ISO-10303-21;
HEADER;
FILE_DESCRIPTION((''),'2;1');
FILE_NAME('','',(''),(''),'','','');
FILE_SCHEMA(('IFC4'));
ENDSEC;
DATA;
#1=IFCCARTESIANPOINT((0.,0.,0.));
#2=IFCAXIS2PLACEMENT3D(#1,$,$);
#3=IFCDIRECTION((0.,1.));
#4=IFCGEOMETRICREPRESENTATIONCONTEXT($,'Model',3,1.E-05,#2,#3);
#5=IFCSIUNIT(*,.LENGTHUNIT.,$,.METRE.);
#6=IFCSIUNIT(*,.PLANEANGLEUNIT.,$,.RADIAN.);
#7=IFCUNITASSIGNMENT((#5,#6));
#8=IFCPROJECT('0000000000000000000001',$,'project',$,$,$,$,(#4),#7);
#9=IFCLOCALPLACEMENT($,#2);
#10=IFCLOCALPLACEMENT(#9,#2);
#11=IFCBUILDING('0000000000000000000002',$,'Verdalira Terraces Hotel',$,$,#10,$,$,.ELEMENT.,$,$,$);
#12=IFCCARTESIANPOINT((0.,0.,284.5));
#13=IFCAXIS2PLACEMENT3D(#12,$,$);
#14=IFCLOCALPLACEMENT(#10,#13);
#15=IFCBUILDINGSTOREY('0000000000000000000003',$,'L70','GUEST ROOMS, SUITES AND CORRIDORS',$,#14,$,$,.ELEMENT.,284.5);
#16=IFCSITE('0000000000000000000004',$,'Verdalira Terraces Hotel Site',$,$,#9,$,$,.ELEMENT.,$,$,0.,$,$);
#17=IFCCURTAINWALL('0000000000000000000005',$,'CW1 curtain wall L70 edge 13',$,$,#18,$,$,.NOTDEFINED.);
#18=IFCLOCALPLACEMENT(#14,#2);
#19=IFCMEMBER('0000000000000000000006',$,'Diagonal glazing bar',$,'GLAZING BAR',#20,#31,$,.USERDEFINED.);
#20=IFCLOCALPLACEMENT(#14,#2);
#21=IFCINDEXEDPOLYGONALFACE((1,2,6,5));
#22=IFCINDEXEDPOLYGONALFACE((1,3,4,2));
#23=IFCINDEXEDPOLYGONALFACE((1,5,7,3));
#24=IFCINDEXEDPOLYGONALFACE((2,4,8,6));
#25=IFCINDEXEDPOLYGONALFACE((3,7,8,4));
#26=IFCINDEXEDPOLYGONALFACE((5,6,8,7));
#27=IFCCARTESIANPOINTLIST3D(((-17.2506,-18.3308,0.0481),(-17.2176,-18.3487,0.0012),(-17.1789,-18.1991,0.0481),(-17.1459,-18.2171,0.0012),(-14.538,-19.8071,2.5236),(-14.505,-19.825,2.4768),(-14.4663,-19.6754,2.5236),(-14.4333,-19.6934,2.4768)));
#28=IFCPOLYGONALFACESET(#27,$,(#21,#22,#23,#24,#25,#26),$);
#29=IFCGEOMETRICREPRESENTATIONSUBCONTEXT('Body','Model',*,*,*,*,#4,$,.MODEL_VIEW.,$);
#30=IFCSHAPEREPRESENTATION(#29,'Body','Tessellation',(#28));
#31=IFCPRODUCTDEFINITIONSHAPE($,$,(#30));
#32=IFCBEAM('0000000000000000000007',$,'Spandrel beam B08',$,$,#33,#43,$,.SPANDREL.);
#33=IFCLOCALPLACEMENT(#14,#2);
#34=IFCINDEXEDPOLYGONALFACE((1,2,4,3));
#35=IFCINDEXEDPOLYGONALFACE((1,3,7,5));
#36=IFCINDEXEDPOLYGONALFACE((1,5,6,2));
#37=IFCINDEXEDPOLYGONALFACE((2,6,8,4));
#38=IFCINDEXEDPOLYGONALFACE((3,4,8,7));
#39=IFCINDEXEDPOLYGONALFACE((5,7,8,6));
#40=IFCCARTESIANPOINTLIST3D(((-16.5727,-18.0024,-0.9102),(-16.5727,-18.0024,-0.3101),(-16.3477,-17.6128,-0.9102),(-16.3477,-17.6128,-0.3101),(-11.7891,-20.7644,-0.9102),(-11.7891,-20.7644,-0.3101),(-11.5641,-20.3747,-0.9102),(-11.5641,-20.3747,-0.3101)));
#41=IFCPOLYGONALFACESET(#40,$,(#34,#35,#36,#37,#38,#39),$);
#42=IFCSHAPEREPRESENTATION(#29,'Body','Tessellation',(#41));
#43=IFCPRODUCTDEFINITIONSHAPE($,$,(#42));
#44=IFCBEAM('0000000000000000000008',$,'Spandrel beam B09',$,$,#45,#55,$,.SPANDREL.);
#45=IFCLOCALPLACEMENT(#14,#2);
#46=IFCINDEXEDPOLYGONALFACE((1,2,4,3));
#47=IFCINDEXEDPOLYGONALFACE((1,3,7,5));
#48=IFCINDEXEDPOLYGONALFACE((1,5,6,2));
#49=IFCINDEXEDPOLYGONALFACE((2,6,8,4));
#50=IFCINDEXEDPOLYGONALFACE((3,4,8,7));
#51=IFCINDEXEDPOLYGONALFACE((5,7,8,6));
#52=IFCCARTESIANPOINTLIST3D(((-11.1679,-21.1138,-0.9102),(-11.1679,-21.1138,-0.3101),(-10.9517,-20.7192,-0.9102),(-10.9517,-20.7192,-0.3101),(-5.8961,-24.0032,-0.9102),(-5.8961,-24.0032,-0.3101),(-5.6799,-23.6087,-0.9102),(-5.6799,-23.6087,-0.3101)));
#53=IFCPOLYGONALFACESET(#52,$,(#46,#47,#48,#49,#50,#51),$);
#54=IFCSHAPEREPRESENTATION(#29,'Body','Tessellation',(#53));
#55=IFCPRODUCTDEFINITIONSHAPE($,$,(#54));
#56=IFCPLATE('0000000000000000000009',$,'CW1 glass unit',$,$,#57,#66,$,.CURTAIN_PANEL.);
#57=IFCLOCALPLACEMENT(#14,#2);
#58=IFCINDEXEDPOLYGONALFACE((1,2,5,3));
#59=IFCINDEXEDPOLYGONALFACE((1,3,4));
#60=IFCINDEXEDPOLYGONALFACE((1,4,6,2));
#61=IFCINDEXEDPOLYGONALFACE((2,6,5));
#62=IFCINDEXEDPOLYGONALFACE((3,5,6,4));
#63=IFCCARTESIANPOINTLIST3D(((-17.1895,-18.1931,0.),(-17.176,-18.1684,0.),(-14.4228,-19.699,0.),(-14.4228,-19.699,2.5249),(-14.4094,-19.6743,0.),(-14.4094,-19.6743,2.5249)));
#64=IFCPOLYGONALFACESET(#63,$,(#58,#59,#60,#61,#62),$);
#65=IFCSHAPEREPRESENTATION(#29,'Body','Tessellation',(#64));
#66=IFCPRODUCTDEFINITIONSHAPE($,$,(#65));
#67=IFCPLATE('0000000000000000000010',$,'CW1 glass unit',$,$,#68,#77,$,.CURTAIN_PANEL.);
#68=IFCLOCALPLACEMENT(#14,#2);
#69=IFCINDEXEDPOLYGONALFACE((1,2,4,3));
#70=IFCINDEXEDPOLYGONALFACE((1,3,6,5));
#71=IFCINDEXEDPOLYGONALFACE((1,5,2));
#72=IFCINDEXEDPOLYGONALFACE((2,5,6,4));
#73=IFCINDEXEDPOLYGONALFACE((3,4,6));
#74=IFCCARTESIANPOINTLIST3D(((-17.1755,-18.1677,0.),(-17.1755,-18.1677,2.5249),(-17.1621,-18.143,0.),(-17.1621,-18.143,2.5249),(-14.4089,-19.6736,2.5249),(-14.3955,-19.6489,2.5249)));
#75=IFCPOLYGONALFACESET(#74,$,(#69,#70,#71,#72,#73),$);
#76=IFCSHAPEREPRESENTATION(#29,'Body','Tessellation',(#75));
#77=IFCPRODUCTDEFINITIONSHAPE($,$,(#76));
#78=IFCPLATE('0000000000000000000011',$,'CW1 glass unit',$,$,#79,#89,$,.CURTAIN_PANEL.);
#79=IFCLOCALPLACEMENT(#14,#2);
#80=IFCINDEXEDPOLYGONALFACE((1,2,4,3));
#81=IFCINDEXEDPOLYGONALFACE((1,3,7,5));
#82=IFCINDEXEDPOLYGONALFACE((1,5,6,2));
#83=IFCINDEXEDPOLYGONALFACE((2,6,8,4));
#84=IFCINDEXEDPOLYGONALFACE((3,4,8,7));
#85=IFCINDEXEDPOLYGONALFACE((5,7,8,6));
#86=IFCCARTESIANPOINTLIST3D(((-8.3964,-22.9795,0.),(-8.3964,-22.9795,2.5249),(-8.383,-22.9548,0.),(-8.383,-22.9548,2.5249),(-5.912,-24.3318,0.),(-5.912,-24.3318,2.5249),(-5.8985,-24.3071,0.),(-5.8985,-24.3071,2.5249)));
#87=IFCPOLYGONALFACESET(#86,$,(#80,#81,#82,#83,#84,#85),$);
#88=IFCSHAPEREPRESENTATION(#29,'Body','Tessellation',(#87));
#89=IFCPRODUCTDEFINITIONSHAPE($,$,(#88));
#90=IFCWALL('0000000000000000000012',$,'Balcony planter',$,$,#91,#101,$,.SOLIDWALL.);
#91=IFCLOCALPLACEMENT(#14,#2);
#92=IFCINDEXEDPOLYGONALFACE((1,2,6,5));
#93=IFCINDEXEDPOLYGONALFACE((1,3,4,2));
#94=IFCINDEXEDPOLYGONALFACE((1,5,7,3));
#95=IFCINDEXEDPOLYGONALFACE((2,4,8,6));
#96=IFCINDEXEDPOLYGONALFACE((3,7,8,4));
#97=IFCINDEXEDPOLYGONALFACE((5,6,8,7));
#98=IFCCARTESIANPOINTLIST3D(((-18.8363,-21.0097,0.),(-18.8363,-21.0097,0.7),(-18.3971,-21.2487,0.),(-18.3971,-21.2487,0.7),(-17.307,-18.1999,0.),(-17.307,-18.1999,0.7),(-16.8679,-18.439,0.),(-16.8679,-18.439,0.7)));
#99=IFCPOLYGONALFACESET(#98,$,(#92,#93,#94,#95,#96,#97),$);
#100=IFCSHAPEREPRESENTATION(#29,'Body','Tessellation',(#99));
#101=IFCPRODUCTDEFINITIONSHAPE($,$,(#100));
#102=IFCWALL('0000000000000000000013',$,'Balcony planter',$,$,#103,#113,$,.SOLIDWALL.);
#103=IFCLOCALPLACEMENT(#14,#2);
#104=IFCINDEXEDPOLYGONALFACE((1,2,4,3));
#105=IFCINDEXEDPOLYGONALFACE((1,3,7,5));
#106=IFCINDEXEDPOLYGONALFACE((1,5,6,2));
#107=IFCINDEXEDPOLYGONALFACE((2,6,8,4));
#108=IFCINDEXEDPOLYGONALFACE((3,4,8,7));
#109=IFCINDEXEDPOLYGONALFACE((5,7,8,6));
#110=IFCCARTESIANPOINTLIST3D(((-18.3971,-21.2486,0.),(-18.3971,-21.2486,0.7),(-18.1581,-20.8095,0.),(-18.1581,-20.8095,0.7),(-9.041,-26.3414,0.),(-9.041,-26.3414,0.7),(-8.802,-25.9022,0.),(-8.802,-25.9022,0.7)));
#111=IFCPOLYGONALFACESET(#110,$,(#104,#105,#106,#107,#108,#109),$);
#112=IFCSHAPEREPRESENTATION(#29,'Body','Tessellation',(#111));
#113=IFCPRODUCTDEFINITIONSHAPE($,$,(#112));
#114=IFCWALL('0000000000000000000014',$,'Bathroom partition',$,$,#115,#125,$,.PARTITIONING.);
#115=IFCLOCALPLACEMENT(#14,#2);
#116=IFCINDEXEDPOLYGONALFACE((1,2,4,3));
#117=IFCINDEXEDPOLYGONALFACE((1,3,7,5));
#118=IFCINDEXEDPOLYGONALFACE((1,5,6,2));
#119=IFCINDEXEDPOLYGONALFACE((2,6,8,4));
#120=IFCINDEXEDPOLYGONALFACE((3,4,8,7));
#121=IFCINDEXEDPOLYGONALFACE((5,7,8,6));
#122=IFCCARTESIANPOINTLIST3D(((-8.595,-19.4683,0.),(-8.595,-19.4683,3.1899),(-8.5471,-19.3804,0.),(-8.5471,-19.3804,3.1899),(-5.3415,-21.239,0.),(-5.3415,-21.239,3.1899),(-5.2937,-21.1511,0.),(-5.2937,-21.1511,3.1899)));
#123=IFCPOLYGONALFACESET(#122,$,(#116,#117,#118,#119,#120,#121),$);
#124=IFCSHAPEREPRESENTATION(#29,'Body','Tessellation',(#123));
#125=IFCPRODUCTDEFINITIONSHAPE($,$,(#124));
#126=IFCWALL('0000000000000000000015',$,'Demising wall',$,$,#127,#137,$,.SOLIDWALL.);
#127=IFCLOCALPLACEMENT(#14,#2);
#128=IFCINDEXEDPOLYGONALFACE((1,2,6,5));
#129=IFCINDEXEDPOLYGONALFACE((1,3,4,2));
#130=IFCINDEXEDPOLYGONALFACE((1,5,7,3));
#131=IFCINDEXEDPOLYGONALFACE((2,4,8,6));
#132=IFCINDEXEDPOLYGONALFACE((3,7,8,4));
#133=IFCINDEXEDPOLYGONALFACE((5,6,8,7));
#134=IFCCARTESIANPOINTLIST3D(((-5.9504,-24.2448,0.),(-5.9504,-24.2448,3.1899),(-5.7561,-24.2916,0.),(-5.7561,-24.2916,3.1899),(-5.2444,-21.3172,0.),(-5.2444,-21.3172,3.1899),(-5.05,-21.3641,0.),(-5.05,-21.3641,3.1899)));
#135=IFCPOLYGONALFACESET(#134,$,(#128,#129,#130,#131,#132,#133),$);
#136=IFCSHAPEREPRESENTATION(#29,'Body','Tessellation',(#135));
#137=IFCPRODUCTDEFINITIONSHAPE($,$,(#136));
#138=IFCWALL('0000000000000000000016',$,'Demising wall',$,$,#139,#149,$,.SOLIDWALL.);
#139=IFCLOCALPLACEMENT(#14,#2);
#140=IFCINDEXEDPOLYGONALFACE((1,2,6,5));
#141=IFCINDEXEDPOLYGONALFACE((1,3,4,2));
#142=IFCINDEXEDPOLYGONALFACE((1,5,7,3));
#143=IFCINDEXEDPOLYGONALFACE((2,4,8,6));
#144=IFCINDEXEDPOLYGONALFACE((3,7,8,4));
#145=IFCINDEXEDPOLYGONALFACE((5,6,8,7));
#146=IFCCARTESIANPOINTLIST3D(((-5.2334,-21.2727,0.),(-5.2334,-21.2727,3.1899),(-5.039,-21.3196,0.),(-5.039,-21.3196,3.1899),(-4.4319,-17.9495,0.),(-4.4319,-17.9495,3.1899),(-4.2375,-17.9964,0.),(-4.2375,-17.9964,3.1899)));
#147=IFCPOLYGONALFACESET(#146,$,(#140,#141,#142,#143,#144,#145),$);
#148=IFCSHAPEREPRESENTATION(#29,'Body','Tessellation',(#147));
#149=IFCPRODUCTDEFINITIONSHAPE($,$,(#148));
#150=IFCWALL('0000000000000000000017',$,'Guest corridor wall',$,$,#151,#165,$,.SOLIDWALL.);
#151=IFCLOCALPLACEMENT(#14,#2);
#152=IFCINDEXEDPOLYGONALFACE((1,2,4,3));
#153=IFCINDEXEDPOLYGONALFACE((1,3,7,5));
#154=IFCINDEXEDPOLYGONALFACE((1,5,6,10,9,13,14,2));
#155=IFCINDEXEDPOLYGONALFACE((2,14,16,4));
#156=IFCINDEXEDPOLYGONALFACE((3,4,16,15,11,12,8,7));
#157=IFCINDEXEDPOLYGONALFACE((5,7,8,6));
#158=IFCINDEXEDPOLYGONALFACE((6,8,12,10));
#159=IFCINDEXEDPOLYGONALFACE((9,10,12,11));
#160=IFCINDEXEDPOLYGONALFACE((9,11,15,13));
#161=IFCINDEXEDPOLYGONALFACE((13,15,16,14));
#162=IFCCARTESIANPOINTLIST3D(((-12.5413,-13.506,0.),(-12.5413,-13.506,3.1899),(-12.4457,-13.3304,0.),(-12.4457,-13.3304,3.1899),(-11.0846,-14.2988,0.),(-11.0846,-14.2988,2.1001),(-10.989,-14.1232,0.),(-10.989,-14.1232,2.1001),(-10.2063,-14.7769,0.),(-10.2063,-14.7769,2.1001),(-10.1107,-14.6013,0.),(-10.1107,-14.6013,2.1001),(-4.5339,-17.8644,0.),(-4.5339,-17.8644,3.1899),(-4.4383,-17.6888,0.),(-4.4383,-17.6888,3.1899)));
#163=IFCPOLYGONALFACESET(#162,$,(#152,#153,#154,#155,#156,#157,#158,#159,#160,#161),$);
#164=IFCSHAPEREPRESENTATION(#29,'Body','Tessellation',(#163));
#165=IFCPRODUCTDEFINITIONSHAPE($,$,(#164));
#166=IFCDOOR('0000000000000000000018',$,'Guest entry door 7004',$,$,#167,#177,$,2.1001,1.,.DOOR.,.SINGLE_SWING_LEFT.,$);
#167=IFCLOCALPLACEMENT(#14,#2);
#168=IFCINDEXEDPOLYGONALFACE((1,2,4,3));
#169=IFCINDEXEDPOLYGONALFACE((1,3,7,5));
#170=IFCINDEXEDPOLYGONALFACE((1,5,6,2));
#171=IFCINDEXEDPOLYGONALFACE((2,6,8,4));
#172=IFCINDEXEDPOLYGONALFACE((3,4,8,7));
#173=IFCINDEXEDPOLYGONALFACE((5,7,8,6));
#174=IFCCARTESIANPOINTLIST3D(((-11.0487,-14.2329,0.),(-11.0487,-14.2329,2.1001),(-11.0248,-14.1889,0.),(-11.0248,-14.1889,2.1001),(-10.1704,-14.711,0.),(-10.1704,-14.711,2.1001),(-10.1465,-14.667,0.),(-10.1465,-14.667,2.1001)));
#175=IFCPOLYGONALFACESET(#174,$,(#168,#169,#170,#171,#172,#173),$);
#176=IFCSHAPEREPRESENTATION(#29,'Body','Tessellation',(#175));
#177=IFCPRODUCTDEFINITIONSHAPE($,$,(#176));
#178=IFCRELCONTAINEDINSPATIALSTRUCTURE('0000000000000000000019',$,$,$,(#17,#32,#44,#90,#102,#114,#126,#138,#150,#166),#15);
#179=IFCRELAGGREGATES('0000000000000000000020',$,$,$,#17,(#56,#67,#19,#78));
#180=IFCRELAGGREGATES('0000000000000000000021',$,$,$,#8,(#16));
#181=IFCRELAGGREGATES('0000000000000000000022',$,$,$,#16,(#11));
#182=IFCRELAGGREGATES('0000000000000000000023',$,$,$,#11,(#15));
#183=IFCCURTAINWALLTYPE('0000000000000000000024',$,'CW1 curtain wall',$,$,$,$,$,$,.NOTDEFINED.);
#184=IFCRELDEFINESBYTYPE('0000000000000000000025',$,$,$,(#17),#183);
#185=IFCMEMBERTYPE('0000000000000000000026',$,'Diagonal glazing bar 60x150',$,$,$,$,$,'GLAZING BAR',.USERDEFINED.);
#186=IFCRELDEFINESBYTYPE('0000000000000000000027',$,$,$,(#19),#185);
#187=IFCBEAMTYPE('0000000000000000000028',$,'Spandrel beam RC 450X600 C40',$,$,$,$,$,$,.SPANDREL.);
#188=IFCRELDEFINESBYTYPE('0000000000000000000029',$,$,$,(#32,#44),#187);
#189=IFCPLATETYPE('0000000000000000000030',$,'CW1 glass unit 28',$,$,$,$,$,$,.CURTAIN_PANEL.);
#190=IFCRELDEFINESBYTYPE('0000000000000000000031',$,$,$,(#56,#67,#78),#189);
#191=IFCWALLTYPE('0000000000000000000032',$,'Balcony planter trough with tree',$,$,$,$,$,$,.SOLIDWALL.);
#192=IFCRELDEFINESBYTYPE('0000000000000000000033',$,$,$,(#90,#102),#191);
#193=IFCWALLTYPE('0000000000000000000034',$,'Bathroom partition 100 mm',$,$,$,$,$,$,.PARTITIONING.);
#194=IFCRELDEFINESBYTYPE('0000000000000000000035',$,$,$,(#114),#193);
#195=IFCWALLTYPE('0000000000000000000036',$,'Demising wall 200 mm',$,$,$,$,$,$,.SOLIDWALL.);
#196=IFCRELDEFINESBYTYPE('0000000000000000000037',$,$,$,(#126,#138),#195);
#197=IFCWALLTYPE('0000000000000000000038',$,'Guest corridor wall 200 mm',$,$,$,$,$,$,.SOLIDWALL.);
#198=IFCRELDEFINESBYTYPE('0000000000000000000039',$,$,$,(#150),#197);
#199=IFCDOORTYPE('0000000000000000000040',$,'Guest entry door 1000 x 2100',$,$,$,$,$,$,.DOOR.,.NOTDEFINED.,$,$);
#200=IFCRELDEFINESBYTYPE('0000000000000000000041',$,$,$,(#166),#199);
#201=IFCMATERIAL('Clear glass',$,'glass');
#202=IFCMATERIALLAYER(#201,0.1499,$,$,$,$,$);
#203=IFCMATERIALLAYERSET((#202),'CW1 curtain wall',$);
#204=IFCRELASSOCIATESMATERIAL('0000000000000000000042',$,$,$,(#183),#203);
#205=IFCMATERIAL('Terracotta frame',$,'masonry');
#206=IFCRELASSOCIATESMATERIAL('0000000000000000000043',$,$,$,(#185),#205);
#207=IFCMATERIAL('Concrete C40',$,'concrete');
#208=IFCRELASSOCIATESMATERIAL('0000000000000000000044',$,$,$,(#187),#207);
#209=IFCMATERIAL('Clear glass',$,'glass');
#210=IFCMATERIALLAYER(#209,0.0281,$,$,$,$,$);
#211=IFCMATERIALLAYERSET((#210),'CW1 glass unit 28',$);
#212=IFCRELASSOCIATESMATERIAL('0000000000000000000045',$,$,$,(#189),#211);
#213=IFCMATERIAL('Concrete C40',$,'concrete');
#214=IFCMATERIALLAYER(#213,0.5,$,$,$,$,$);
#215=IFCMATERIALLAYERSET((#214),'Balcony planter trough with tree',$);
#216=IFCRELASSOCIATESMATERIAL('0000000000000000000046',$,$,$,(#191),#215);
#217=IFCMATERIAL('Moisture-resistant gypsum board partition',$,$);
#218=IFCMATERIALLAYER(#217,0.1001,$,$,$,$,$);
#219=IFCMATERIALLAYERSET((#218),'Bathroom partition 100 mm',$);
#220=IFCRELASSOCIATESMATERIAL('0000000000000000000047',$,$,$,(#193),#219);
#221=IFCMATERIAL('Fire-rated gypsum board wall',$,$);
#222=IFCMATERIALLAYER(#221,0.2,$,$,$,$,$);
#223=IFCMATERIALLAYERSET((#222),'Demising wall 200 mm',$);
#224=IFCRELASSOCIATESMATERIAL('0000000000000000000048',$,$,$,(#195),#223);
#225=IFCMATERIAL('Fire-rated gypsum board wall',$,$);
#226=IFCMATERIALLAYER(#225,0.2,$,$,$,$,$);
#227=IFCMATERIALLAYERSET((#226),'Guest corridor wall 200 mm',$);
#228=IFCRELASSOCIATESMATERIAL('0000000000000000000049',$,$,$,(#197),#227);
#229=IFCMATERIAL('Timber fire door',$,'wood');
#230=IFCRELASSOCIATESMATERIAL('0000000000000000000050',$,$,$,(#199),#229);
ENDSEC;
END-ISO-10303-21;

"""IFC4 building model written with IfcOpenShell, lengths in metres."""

from ifc_helpers import new_model, si_unit, direction, frame, frame_2d, origin, origin_2d, place, context, subcontext, project, spatial, polyline, rectangle, outline, extrude, material, layer, layer_set, material_profile, profile_set, type_object, element, fill, aggregate, save


model = new_model("IFC4")

# Units and contexts
model_context = context("Model", 3, precision=1e-05, world=origin(), true_north=direction((0.0, 1.0)))
body_context = subcontext(model_context, "Body", "Model", "MODEL_VIEW")
ifc_project = project(units=[si_unit("LENGTHUNIT", "METRE"), si_unit("PLANEANGLEUNIT", "RADIAN")], contexts=[model_context])

# Site, building, storey
site_placement = place(None, origin())
site = spatial("IfcSite", under=ifc_project, at=site_placement, Name="Verdalira Terraces Hotel Site", CompositionType="ELEMENT", RefElevation=0.0)
building_placement = place(site_placement, origin())
building = spatial("IfcBuilding", under=site, at=building_placement, Name="Verdalira Terraces Hotel", CompositionType="ELEMENT")
storey_placement = place(building_placement, frame((0.0, 0.0, 284.5)))
storey = spatial("IfcBuildingStorey", under=building, at=storey_placement, Name="L70", Description="GUEST ROOMS, SUITES AND CORRIDORS", CompositionType="ELEMENT", Elevation=284.5)

# Shared definitions
ifc_material_1 = material(Name="Clear glass", Category="glass")
ifc_layer_1 = layer(ifc_material_1, 0.1499)
ifc_layer_set_1 = layer_set([ifc_layer_1], Name="CW1 curtain wall")
curtain_wall_type_1 = type_object("IfcCurtainWallType", Name="CW1 curtain wall", PredefinedType="NOTDEFINED", material=ifc_layer_set_1)

# Curtain wall
curtain_wall_1_placement = place(storey_placement, origin())
curtain_wall_1 = element("IfcCurtainWall", 1, at=curtain_wall_1_placement, inside=storey, type_object=curtain_wall_type_1, Name="CW1 curtain wall L70 edge 13", PredefinedType="NOTDEFINED")

# Member
ifc_material_2 = material(Name="Terracotta frame", Category="masonry")
ifc_material_profile_1 = material_profile(ifc_material_2, rectangle(XDim=0.1499, YDim=0.0601, at=origin_2d()), Name="GB 60x150")
ifc_profile_set_1 = profile_set([ifc_material_profile_1], Name="Terracotta frame")
member_type_1 = type_object("IfcMemberType", Name="Diagonal glazing bar 60x150", ElementType="GLAZING BAR", PredefinedType="USERDEFINED", material=ifc_profile_set_1)
member_1_placement = place(storey_placement, frame((-17.1982, -18.2739, 0.0247), z_axis=(0.685342, -0.372987, 0.625449), x_axis=(0.478027, 0.878345, 0.0)))
member_1 = element("IfcMember", 2, at=member_1_placement, type_object=member_type_1, Name="Diagonal glazing bar", ObjectType="GLAZING BAR", PredefinedType="USERDEFINED", context=body_context, shape_type="SweptSolid", body=[
    extrude(rectangle(XDim=0.1499, YDim=0.0601, at=origin_2d()), origin(), (0.0, 0.0, 1.0), 3.958),
])

# Beams
ifc_material_3 = material(Name="Concrete C40", Category="concrete")
ifc_material_profile_2 = material_profile(ifc_material_3, rectangle(XDim=0.45, YDim=0.6001, at=origin_2d()), Name="RC 450X600")
ifc_profile_set_2 = profile_set([ifc_material_profile_2], Name="Concrete C40")
beam_type_1 = type_object("IfcBeamType", Name="Spandrel beam RC 450X600 C40", PredefinedType="SPANDREL", material=ifc_profile_set_2)
beam_1_placement = place(storey_placement, frame((-16.4602, -17.8076, -0.6101), z_axis=(0.866018, -0.500013, 0.0), x_axis=(0.500013, 0.866018, 0.0)))
element("IfcBeam", 3, at=beam_1_placement, inside=storey, type_object=beam_type_1, Name="Spandrel beam B08", PredefinedType="SPANDREL", context=body_context, shape_type="SweptSolid", body=[
    extrude(rectangle(XDim=0.45, YDim=0.6001, at=origin_2d()), origin(), (0.0, 0.0, 1.0), 5.5237),
])
beam_2_placement = place(storey_placement, frame((-11.0598, -20.9165, -0.6101), z_axis=(0.876921, -0.480635, 0.0), x_axis=(0.480635, 0.876921, 0.0)))
element("IfcBeam", 4, at=beam_2_placement, inside=storey, type_object=beam_type_1, Name="Spandrel beam B09", PredefinedType="SPANDREL", context=body_context, shape_type="SweptSolid", body=[
    extrude(rectangle(XDim=0.45, YDim=0.6001, at=origin_2d()), origin(), (0.0, 0.0, 1.0), 6.0117),
])

# Plates
ifc_material_4 = material(Name="Clear glass", Category="glass")
ifc_layer_2 = layer(ifc_material_4, 0.0281)
ifc_layer_set_2 = layer_set([ifc_layer_2], Name="CW1 glass unit 28")
plate_type = type_object("IfcPlateType", Name="CW1 glass unit 28", PredefinedType="CURTAIN_PANEL", material=ifc_layer_set_2)
plate_1_placement = place(storey_placement, frame((-15.7927, -18.9214, 1.2625), z_axis=(-0.478079, -0.878317, 0.0), x_axis=(0.878317, -0.478079, 0.0)))
plate_1 = element("IfcPlate", 5, at=plate_1_placement, type_object=plate_type, Name="CW1 glass unit", PredefinedType="CURTAIN_PANEL", context=body_context, shape_type="SweptSolid", body=[
    extrude(outline(polyline([(-1.575, -1.2625), (1.575, -1.2625), (1.575, 1.2625), (-1.575, -1.2625)])), origin(), (0.0, 0.0, 1.0), 0.0281),
])
plate_2_placement = place(storey_placement, frame((-15.7788, -18.896, 1.2625), z_axis=(-0.478079, -0.878317, 0.0), x_axis=(0.878317, -0.478079, 0.0)))
plate_2 = element("IfcPlate", 6, at=plate_2_placement, type_object=plate_type, Name="CW1 glass unit", PredefinedType="CURTAIN_PANEL", context=body_context, shape_type="SweptSolid", body=[
    extrude(outline(polyline([(-1.575, -1.2625), (1.575, 1.2625), (-1.575, 1.2625), (-1.575, -1.2625)])), origin(), (0.0, 0.0, 1.0), 0.0281),
])
plate_3_placement = place(storey_placement, frame((-7.1475, -23.6433, 0.0), z_axis=(0.0, 0.0, 1.0), x_axis=(0.878317, -0.478079, 0.0)))
plate_3 = element("IfcPlate", 7, at=plate_3_placement, type_object=plate_type, Name="CW1 glass unit", PredefinedType="CURTAIN_PANEL", context=body_context, shape_type="SweptSolid", body=[
    extrude(rectangle(XDim=2.8286, YDim=0.0281, at=origin_2d()), origin(), (0.0, 0.0, 1.0), 2.5249),
])
aggregate(curtain_wall_1, [plate_1, plate_2, member_1, plate_3])

# Walls
ifc_material_5 = material(Name="Concrete C40", Category="concrete")
ifc_layer_3 = layer(ifc_material_5, 0.5)
ifc_layer_set_3 = layer_set([ifc_layer_3], Name="Balcony planter trough with tree")
wall_type_1 = type_object("IfcWallType", Name="Balcony planter trough with tree", PredefinedType="SOLIDWALL", material=ifc_layer_set_3)
wall_1_placement = place(storey_placement, frame((-17.0874, -18.3193, 0.0), z_axis=(0.0, 0.0, 1.0), x_axis=(-0.47805, -0.878333, 0.0)))
element("IfcWall", 8, at=wall_1_placement, inside=storey, type_object=wall_type_1, Name="Balcony planter", PredefinedType="SOLIDWALL", context=body_context, shape_type="SweptSolid", body=[
    extrude(rectangle(XDim=3.199, YDim=0.5, at=frame_2d((1.5996, 0.0))), origin(), (0.0, 0.0, 1.0), 0.7),
])
wall_2_placement = place(storey_placement, frame((-18.2776, -21.0291, 0.0), z_axis=(0.0, 0.0, 1.0), x_axis=(0.878314, -0.478084, 0.0)))
element("IfcWall", 9, at=wall_2_placement, inside=storey, type_object=wall_type_1, Name="Balcony planter", PredefinedType="SOLIDWALL", context=body_context, shape_type="SweptSolid", body=[
    extrude(rectangle(XDim=10.6523, YDim=0.5, at=frame_2d((5.3262, 0.0))), origin(), (0.0, 0.0, 1.0), 0.7),
])
ifc_material_6 = material(Name="Moisture-resistant gypsum board partition")
ifc_layer_4 = layer(ifc_material_6, 0.1001)
ifc_layer_set_4 = layer_set([ifc_layer_4], Name="Bathroom partition 100 mm")
wall_type_2 = type_object("IfcWallType", Name="Bathroom partition 100 mm", PredefinedType="PARTITIONING", material=ifc_layer_set_4)
wall_3_placement = place(storey_placement, frame((-8.571, -19.4243, 0.0), z_axis=(0.0, 0.0, 1.0), x_axis=(0.878331, -0.478053, 0.0)))
element("IfcWall", 10, at=wall_3_placement, inside=storey, type_object=wall_type_2, Name="Bathroom partition", PredefinedType="PARTITIONING", context=body_context, shape_type="SweptSolid", body=[
    extrude(rectangle(XDim=3.7041, YDim=0.1001, at=frame_2d((1.8521, 0.0))), origin(), (0.0, 0.0, 1.0), 3.1899),
])
ifc_material_7 = material(Name="Fire-rated gypsum board wall")
ifc_layer_5 = layer(ifc_material_7, 0.2)
ifc_layer_set_5 = layer_set([ifc_layer_5], Name="Demising wall 200 mm")
wall_type_3 = type_object("IfcWallType", Name="Demising wall 200 mm", PredefinedType="SOLIDWALL", material=ifc_layer_set_5)
wall_4_placement = place(storey_placement, frame((-5.8533, -24.2683, 0.0), z_axis=(0.0, 0.0, 1.0), x_axis=(0.234458, 0.972126, 0.0)))
element("IfcWall", 11, at=wall_4_placement, inside=storey, type_object=wall_type_3, Name="Demising wall", PredefinedType="SOLIDWALL", context=body_context, shape_type="SweptSolid", body=[
    extrude(rectangle(XDim=3.0115, YDim=0.2, at=frame_2d((1.5059, 0.0))), origin(), (0.0, 0.0, 1.0), 3.1899),
])
wall_5_placement = place(storey_placement, frame((-5.1362, -21.2961, 0.0), z_axis=(0.0, 0.0, 1.0), x_axis=(0.234461, 0.972125, 0.0)))
element("IfcWall", 12, at=wall_5_placement, inside=storey, type_object=wall_type_3, Name="Demising wall", PredefinedType="SOLIDWALL", context=body_context, shape_type="SweptSolid", body=[
    extrude(rectangle(XDim=3.4185, YDim=0.2, at=frame_2d((1.7092, 0.0))), origin(), (0.0, 0.0, 1.0), 3.1899),
])

# Wall, opening, door
ifc_material_8 = material(Name="Fire-rated gypsum board wall")
ifc_layer_6 = layer(ifc_material_8, 0.2)
ifc_layer_set_6 = layer_set([ifc_layer_6], Name="Guest corridor wall 200 mm")
wall_type_4 = type_object("IfcWallType", Name="Guest corridor wall 200 mm", PredefinedType="SOLIDWALL", material=ifc_layer_set_6)
wall_6_placement = place(storey_placement, frame((-4.4861, -17.7766, 0.0), z_axis=(0.0, 0.0, 1.0), x_axis=(-0.878321, 0.478071, 0.0)))
wall_6 = element("IfcWall", 13, at=wall_6_placement, inside=storey, type_object=wall_type_4, Name="Guest corridor wall", PredefinedType="SOLIDWALL", context=body_context, shape_type="SweptSolid", body=[
    extrude(rectangle(XDim=9.1167, YDim=0.2, at=frame_2d((4.5583, 0.0))), origin(), (0.0, 0.0, 1.0), 3.1899),
])
opening_1_placement = place(wall_6_placement, frame((6.4583, 0.0, 0.0)))
opening_1 = element("IfcOpeningElement", 14, at=opening_1_placement, cuts=wall_6, PredefinedType="OPENING", context=body_context, shape_type="SweptSolid", body=[
    extrude(rectangle(XDim=1.0, YDim=2.1001, at=frame_2d((0.5, 1.05))), frame((0.0, 0.1099, 0.0), z_axis=(0.0, -1.0, 0.0), x_axis=(1.0, 0.0, 0.0)), (0.0, 0.0, 1.0), 0.22),
])
ifc_material_9 = material(Name="Timber fire door", Category="wood")
door_type_1 = type_object("IfcDoorType", Name="Guest entry door 1000 x 2100", OperationType="NOTDEFINED", PredefinedType="DOOR", material=ifc_material_9)
door_1_placement = place(opening_1_placement, origin())
door_1 = element("IfcDoor", 15, at=door_1_placement, inside=storey, type_object=door_type_1, Name="Guest entry door 7004", OperationType="SINGLE_SWING_LEFT", OverallHeight=2.1001, OverallWidth=1.0, PredefinedType="DOOR", context=body_context, shape_type="SweptSolid", body=[
    extrude(rectangle(XDim=1.0, YDim=2.1001, at=frame_2d((0.5, 1.05))), frame((0.0, 0.0249, 0.0), z_axis=(0.0, -1.0, 0.0), x_axis=(1.0, 0.0, 0.0)), (0.0, 0.0, 1.0), 0.05),
])
fill(opening_1, door_1)

save(model, "model.ifc")
